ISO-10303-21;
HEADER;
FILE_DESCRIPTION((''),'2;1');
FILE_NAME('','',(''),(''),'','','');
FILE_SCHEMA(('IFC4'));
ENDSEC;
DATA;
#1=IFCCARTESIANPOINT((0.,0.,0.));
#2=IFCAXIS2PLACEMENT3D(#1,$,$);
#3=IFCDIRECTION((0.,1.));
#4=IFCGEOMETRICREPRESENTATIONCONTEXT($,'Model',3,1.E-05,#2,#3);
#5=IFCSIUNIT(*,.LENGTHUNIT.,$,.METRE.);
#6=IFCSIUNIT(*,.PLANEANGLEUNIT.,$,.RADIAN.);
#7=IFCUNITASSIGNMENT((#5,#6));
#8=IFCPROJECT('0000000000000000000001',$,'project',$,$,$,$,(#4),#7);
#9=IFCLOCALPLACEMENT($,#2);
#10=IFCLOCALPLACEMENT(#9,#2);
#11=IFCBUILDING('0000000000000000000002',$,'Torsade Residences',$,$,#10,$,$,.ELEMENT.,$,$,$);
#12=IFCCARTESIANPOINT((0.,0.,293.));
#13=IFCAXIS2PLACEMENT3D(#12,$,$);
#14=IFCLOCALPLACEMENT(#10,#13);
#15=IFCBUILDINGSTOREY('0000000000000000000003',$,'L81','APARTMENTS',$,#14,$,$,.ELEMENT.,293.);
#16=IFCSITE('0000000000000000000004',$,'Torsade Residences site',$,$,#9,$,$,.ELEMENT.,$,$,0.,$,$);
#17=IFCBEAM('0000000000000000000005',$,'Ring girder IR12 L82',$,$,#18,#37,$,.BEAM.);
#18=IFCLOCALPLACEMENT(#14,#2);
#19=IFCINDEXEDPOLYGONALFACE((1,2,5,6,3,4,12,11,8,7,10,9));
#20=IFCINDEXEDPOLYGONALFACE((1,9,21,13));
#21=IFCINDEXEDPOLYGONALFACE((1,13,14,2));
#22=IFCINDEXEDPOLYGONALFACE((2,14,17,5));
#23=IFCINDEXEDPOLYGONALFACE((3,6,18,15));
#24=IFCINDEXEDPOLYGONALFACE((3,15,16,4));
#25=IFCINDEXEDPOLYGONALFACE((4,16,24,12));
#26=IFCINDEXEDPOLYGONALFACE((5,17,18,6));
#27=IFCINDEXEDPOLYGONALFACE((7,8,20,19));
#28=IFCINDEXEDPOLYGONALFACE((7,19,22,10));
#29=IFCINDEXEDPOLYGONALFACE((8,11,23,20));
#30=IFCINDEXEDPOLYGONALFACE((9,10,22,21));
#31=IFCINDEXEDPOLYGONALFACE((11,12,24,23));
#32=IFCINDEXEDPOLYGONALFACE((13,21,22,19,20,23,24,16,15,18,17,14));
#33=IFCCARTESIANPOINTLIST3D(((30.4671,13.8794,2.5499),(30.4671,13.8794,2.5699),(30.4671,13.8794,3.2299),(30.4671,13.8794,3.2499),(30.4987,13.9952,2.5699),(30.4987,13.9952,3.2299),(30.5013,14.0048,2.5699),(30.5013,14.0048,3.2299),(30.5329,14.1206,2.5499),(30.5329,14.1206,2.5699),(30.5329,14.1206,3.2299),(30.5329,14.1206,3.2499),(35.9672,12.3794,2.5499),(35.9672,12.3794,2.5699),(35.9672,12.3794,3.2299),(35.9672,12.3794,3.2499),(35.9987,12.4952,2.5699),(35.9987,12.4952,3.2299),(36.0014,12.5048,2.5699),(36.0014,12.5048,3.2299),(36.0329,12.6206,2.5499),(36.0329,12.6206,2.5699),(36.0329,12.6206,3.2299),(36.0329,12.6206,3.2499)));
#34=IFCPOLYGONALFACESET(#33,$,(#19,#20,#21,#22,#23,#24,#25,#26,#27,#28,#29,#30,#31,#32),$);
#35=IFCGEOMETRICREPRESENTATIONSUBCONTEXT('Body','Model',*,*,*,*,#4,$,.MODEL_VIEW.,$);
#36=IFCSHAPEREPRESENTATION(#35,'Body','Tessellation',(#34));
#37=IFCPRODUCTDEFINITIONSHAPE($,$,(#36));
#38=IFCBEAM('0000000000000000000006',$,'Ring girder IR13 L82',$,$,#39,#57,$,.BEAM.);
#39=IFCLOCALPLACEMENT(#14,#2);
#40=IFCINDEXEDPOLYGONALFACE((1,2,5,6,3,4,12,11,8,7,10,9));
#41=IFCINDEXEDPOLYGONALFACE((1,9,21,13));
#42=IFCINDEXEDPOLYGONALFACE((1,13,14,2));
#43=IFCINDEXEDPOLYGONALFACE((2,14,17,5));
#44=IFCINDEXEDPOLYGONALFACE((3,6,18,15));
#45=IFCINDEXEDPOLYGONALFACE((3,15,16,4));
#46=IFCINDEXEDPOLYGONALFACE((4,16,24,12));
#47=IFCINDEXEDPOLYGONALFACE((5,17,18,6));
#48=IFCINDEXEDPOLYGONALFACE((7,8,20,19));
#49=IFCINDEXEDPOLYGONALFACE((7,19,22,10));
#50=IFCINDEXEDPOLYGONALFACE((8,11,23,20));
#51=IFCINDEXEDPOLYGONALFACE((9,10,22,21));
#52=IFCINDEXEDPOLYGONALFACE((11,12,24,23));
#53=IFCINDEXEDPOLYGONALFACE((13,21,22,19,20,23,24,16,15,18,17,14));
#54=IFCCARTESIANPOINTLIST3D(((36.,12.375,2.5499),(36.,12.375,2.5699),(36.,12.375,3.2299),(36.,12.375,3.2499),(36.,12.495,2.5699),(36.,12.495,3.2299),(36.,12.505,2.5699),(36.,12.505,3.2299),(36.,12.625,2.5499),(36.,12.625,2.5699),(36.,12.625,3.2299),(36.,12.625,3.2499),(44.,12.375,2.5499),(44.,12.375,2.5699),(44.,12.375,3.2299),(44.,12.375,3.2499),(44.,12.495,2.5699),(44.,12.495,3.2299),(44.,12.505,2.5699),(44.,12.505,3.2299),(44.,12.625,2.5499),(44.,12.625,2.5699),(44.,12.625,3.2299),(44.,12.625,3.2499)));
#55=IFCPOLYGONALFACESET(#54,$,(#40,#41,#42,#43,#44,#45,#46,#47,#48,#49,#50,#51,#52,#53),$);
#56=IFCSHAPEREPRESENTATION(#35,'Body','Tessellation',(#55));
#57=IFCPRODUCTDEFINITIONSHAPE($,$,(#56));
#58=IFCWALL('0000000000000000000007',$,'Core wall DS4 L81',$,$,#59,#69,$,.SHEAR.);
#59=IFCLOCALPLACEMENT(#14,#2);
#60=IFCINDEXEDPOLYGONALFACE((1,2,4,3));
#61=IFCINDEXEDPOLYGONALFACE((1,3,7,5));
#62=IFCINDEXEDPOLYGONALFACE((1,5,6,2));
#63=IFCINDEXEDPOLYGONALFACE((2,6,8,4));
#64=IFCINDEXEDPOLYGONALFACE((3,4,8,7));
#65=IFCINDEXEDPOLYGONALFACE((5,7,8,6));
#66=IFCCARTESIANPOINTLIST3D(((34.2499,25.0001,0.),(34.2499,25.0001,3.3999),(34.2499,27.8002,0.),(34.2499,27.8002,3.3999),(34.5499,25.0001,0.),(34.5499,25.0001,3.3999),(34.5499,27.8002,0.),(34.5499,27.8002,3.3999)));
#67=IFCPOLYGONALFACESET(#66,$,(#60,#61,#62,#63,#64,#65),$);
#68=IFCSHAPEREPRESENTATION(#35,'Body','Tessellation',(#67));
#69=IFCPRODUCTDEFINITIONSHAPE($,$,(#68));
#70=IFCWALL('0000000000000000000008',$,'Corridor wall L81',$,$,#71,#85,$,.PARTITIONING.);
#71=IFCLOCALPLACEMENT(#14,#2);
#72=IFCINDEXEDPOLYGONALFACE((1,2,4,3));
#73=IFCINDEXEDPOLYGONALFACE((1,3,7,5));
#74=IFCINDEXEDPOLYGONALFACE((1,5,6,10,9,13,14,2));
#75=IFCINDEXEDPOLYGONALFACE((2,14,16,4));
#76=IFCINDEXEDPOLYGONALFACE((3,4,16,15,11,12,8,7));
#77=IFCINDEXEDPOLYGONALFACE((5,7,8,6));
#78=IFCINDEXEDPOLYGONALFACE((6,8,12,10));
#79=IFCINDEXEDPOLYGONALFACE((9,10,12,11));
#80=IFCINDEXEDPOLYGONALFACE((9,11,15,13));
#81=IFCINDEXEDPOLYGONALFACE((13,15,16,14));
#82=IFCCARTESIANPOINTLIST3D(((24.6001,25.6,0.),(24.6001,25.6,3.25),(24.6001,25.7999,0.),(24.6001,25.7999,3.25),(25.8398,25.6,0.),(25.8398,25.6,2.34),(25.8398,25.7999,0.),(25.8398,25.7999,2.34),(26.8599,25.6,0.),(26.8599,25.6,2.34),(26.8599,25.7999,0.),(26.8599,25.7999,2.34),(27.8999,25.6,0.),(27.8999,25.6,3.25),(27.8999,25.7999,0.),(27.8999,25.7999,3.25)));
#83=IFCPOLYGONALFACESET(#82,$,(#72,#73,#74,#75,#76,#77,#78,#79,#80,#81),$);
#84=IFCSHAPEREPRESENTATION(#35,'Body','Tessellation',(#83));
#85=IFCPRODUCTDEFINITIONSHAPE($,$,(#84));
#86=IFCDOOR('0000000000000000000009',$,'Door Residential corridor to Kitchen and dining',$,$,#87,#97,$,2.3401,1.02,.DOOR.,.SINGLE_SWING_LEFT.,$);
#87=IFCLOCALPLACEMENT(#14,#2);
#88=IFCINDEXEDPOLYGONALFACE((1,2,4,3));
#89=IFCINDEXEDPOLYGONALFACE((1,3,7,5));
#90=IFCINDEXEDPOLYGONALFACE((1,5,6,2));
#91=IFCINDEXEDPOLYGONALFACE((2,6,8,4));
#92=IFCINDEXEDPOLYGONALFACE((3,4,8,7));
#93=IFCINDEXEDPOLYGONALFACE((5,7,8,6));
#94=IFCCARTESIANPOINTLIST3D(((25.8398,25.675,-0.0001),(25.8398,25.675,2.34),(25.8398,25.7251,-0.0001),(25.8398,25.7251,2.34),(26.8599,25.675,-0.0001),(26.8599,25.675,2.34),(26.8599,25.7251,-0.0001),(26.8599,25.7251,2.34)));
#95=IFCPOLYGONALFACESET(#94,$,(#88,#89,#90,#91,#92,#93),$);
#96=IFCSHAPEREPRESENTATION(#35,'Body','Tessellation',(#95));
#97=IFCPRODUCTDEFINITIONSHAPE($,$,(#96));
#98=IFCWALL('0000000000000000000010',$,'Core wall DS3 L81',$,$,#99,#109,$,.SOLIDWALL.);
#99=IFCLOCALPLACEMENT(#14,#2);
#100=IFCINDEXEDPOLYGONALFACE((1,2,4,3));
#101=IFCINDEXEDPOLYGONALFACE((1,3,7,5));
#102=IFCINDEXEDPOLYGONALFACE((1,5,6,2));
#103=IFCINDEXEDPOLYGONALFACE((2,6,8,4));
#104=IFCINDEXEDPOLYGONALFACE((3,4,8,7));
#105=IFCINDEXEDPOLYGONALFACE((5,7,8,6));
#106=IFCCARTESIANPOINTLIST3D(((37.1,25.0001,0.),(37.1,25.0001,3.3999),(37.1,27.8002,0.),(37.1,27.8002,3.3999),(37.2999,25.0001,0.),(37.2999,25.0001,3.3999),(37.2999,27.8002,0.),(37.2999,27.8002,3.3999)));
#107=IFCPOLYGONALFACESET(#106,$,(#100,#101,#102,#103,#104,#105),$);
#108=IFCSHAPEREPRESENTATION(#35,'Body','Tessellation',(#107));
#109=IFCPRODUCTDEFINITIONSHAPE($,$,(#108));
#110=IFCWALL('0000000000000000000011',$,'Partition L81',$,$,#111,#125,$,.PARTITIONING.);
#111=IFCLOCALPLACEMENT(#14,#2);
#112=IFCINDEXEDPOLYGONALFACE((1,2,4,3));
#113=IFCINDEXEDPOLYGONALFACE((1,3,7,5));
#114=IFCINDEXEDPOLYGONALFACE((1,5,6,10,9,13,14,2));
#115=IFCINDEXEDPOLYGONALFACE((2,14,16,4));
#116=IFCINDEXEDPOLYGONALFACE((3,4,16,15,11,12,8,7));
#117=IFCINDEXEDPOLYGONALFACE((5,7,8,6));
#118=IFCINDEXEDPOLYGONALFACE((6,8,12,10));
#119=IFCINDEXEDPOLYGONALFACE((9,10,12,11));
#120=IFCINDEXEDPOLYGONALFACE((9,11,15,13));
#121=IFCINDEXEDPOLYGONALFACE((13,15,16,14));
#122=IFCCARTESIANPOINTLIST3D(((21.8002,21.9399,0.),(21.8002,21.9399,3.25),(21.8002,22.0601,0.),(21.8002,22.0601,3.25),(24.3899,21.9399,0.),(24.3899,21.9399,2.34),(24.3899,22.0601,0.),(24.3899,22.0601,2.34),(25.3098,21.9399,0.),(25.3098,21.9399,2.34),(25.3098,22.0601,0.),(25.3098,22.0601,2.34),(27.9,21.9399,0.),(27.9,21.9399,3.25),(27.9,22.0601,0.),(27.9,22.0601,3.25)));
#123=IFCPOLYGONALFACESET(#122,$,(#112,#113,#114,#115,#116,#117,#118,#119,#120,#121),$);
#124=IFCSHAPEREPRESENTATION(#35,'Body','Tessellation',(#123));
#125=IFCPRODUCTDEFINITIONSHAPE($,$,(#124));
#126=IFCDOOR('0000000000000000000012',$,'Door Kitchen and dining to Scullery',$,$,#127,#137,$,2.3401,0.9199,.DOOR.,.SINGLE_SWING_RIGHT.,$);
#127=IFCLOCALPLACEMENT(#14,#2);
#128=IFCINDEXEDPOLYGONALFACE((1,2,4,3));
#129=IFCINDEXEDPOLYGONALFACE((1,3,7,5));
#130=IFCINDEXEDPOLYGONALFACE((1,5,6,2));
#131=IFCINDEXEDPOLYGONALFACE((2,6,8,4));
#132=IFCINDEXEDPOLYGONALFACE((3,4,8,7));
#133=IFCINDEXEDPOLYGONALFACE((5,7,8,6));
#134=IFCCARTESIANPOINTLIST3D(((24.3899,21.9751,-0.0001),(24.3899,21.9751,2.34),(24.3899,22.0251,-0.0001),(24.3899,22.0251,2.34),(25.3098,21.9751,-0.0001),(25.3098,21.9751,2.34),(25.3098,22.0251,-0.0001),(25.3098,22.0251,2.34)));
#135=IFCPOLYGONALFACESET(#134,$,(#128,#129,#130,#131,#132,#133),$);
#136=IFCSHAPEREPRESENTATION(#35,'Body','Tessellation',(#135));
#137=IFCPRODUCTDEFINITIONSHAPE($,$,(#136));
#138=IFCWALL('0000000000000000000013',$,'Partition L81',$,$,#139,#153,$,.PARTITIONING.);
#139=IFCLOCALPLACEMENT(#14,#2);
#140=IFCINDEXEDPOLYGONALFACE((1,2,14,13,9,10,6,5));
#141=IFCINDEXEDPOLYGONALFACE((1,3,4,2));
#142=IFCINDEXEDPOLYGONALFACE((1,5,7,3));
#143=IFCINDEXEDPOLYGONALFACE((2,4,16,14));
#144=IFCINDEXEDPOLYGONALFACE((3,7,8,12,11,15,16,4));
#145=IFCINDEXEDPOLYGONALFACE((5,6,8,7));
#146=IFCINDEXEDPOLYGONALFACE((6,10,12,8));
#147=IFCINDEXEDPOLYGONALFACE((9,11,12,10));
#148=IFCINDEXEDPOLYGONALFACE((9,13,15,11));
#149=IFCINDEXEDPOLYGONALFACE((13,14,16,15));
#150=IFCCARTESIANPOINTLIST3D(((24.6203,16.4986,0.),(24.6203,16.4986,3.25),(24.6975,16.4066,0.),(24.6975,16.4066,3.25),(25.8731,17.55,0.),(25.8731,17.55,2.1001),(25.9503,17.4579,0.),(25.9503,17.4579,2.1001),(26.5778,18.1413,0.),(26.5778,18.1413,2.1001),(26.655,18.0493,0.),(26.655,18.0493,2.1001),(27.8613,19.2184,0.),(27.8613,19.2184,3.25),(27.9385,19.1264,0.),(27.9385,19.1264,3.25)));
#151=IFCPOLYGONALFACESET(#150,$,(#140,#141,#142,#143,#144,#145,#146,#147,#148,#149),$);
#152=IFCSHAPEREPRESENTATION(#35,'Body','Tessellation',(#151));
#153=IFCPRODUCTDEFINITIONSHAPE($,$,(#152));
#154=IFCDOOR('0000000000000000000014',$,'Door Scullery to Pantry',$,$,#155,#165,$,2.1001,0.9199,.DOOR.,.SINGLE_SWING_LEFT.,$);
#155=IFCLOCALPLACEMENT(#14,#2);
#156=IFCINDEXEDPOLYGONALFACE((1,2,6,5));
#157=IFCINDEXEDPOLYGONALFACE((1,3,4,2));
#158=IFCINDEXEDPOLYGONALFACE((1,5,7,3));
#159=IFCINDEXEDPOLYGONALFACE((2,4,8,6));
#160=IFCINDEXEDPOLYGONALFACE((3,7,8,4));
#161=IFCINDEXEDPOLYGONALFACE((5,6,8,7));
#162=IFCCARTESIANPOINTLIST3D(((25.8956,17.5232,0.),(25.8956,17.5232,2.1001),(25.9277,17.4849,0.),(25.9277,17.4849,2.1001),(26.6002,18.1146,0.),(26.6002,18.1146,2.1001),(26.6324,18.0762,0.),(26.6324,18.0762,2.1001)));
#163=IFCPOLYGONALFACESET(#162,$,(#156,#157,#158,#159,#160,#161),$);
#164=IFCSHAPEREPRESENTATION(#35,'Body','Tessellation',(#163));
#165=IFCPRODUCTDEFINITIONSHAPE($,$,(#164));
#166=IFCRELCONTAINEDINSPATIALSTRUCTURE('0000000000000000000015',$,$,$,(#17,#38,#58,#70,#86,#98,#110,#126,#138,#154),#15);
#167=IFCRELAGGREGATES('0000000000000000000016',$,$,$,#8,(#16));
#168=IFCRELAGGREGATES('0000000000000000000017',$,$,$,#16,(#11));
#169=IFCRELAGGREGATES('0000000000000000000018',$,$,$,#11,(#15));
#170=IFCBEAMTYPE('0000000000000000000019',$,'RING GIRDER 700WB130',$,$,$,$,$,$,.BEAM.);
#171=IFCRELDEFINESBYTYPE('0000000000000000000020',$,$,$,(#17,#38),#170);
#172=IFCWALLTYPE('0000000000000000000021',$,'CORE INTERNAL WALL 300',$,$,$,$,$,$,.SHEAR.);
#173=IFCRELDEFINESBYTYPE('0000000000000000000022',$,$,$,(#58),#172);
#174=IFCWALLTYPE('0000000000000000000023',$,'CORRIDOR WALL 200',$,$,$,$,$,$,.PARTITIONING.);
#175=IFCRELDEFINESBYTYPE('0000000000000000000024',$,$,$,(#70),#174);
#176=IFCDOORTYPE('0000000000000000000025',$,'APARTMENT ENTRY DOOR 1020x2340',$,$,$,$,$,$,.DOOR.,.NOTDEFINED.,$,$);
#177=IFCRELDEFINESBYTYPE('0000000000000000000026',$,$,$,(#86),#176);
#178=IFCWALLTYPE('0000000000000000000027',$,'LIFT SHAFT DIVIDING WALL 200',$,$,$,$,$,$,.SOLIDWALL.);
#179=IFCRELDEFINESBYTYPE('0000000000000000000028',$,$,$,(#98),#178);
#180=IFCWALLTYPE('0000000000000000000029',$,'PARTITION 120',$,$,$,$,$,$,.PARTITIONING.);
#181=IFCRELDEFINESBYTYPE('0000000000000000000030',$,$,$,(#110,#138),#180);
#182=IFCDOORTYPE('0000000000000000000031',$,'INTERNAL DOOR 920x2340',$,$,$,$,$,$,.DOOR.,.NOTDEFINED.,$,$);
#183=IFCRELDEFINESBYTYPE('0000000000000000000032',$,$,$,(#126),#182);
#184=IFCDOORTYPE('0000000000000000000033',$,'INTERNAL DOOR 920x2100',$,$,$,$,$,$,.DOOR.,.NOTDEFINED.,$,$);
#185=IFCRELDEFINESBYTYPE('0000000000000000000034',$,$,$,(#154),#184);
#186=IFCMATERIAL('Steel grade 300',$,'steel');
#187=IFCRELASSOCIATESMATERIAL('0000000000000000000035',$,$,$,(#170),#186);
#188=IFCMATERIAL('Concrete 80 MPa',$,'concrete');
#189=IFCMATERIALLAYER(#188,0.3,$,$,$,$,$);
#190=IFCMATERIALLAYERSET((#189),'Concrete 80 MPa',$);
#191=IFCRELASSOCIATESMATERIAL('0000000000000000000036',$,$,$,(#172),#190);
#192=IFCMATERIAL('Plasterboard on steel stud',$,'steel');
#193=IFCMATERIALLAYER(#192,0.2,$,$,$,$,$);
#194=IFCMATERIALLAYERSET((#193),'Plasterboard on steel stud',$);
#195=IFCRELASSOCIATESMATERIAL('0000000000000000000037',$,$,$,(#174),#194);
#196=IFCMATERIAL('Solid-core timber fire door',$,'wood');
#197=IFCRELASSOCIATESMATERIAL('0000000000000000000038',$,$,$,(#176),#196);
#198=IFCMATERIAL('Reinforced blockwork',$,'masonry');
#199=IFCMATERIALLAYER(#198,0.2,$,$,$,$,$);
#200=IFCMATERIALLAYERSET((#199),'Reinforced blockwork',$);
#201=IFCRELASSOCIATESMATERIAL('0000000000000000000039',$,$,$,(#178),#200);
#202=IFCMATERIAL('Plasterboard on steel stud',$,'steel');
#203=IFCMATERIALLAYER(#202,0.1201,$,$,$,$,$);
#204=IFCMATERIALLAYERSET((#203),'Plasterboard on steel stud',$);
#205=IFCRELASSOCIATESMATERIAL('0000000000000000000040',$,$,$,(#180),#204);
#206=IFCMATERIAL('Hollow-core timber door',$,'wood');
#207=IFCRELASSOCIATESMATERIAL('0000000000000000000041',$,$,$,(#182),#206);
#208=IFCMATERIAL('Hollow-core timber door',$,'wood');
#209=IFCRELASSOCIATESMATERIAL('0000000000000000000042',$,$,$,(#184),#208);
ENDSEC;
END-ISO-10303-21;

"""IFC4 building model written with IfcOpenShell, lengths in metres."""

from ifc_helpers import new_model, si_unit, direction, frame, frame_2d, origin, origin_2d, place, context, subcontext, project, spatial, rectangle, i_section, extrude, material, layer, layer_set, material_profile, profile_set, type_object, element, fill, save


model = new_model("IFC4")

# Units and contexts
model_context = context("Model", 3, precision=1e-05, world=origin(), true_north=direction((0.0, 1.0)))
body_context = subcontext(model_context, "Body", "Model", "MODEL_VIEW")
ifc_project = project(units=[si_unit("LENGTHUNIT", "METRE"), si_unit("PLANEANGLEUNIT", "RADIAN")], contexts=[model_context])

# Site, building, storey
site_placement = place(None, origin())
site = spatial("IfcSite", under=ifc_project, at=site_placement, Name="Torsade Residences site", CompositionType="ELEMENT", RefElevation=0.0)
building_placement = place(site_placement, origin())
building = spatial("IfcBuilding", under=site, at=building_placement, Name="Torsade Residences", CompositionType="ELEMENT")
storey_placement = place(building_placement, frame((0.0, 0.0, 293.0)))
storey = spatial("IfcBuildingStorey", under=building, at=storey_placement, Name="L81", Description="APARTMENTS", CompositionType="ELEMENT", Elevation=293.0)

# Beams
ifc_material_1 = material(Name="Steel grade 300", Category="steel")
ifc_material_profile_1 = material_profile(ifc_material_1, i_section(OverallWidth=0.25, OverallDepth=0.7, WebThickness=0.01, FlangeThickness=0.02, at=origin_2d()), Name="700WB130")
ifc_profile_set_1 = profile_set([ifc_material_profile_1], Name="Steel grade 300")
beam_type_1 = type_object("IfcBeamType", Name="RING GIRDER 700WB130", PredefinedType="BEAM", material=ifc_profile_set_1)
beam_1_placement = place(storey_placement, frame((30.5, 14.0, 2.8999), z_axis=(0.964764, -0.263117, 0.0), x_axis=(0.263117, 0.964764, 0.0)))
element("IfcBeam", 1, at=beam_1_placement, inside=storey, type_object=beam_type_1, Name="Ring girder IR12 L82", PredefinedType="BEAM", context=body_context, shape_type="SweptSolid", body=[
    extrude(i_section(OverallWidth=0.25, OverallDepth=0.7, WebThickness=0.01, FlangeThickness=0.02, at=origin_2d()), origin(), (0.0, 0.0, 1.0), 5.7009),
])
beam_2_placement = place(storey_placement, frame((36.0, 12.5, 2.8999), z_axis=(1.0, 0.0, 0.0), x_axis=(0.0, 1.0, 0.0)))
element("IfcBeam", 2, at=beam_2_placement, inside=storey, type_object=beam_type_1, Name="Ring girder IR13 L82", PredefinedType="BEAM", context=body_context, shape_type="SweptSolid", body=[
    extrude(i_section(OverallWidth=0.25, OverallDepth=0.7, WebThickness=0.01, FlangeThickness=0.02, at=origin_2d()), origin(), (0.0, 0.0, 1.0), 8.0),
])

# Wall
ifc_material_2 = material(Name="Concrete 80 MPa", Category="concrete")
ifc_layer_1 = layer(ifc_material_2, 0.3)
ifc_layer_set_1 = layer_set([ifc_layer_1], Name="Concrete 80 MPa")
wall_type_1 = type_object("IfcWallType", Name="CORE INTERNAL WALL 300", PredefinedType="SHEAR", material=ifc_layer_set_1)
wall_1_placement = place(storey_placement, frame((34.3999, 27.8, 0.0), z_axis=(0.0, 0.0, 1.0), x_axis=(0.0, -1.0, 0.0)))
element("IfcWall", 3, at=wall_1_placement, inside=storey, type_object=wall_type_1, Name="Core wall DS4 L81", PredefinedType="SHEAR", context=body_context, shape_type="SweptSolid", body=[
    extrude(rectangle(XDim=2.8, YDim=0.3, at=frame_2d((1.3999, 0.0))), origin(), (0.0, 0.0, 1.0), 3.3999),
])

# Wall, opening, door
ifc_material_3 = material(Name="Plasterboard on steel stud", Category="steel")
ifc_layer_2 = layer(ifc_material_3, 0.2)
ifc_layer_set_2 = layer_set([ifc_layer_2], Name="Plasterboard on steel stud")
wall_type_2 = type_object("IfcWallType", Name="CORRIDOR WALL 200", PredefinedType="PARTITIONING", material=ifc_layer_set_2)
wall_2_placement = place(storey_placement, frame((27.8999, 25.7, 0.0), z_axis=(0.0, 0.0, 1.0), x_axis=(-1.0, 0.0, 0.0)))
wall_2 = element("IfcWall", 4, at=wall_2_placement, inside=storey, type_object=wall_type_2, Name="Corridor wall L81", PredefinedType="PARTITIONING", context=body_context, shape_type="SweptSolid", body=[
    extrude(rectangle(XDim=3.2998, YDim=0.2, at=frame_2d((1.6499, 0.0))), origin(), (0.0, 0.0, 1.0), 3.25),
])
opening_1_placement = place(wall_2_placement, frame((1.04, 0.0, 0.0)))
opening_1 = element("IfcOpeningElement", 5, at=opening_1_placement, cuts=wall_2, PredefinedType="OPENING", context=body_context, shape_type="SweptSolid", body=[
    extrude(rectangle(XDim=1.02, YDim=2.3401, at=frame_2d((0.51, 1.1699))), frame((0.0, 0.1099, 0.0), z_axis=(0.0, -1.0, 0.0), x_axis=(1.0, 0.0, 0.0)), (0.0, 0.0, 1.0), 0.22),
])
ifc_material_4 = material(Name="Solid-core timber fire door", Category="wood")
door_type_1 = type_object("IfcDoorType", Name="APARTMENT ENTRY DOOR 1020x2340", OperationType="NOTDEFINED", PredefinedType="DOOR", material=ifc_material_4)
door_1_placement = place(opening_1_placement, origin())
door_1 = element("IfcDoor", 6, at=door_1_placement, inside=storey, type_object=door_type_1, Name="Door Residential corridor to Kitchen and dining", OperationType="SINGLE_SWING_LEFT", OverallHeight=2.3401, OverallWidth=1.02, PredefinedType="DOOR", context=body_context, shape_type="SweptSolid", body=[
    extrude(rectangle(XDim=1.02, YDim=2.3401, at=frame_2d((0.51, 1.1699))), frame((0.0, 0.0249, 0.0), z_axis=(0.0, -1.0, 0.0), x_axis=(1.0, 0.0, 0.0)), (0.0, 0.0, 1.0), 0.05),
])
fill(opening_1, door_1)

# Wall
ifc_material_5 = material(Name="Reinforced blockwork", Category="masonry")
ifc_layer_3 = layer(ifc_material_5, 0.2)
ifc_layer_set_3 = layer_set([ifc_layer_3], Name="Reinforced blockwork")
wall_type_3 = type_object("IfcWallType", Name="LIFT SHAFT DIVIDING WALL 200", PredefinedType="SOLIDWALL", material=ifc_layer_set_3)
wall_3_placement = place(storey_placement, frame((37.2, 27.8, 0.0), z_axis=(0.0, 0.0, 1.0), x_axis=(0.0, -1.0, 0.0)))
element("IfcWall", 7, at=wall_3_placement, inside=storey, type_object=wall_type_3, Name="Core wall DS3 L81", PredefinedType="SOLIDWALL", context=body_context, shape_type="SweptSolid", body=[
    extrude(rectangle(XDim=2.8, YDim=0.2, at=frame_2d((1.3999, 0.0))), origin(), (0.0, 0.0, 1.0), 3.3999),
])

# Walls, openings, doors
ifc_material_6 = material(Name="Plasterboard on steel stud", Category="steel")
ifc_layer_4 = layer(ifc_material_6, 0.1201)
ifc_layer_set_4 = layer_set([ifc_layer_4], Name="Plasterboard on steel stud")
wall_type_4 = type_object("IfcWallType", Name="PARTITION 120", PredefinedType="PARTITIONING", material=ifc_layer_set_4)
wall_4_placement = place(storey_placement, frame((27.8999, 22.0, 0.0), z_axis=(0.0, 0.0, 1.0), x_axis=(-1.0, 0.0, 0.0)))
wall_4 = element("IfcWall", 8, at=wall_4_placement, inside=storey, type_object=wall_type_4, Name="Partition L81", PredefinedType="PARTITIONING", context=body_context, shape_type="SweptSolid", body=[
    extrude(rectangle(XDim=6.0999, YDim=0.1201, at=frame_2d((3.0498, 0.0))), origin(), (0.0, 0.0, 1.0), 3.25),
])
opening_2_placement = place(wall_4_placement, frame((2.5901, 0.0, 0.0)))
opening_2 = element("IfcOpeningElement", 9, at=opening_2_placement, cuts=wall_4, PredefinedType="OPENING", context=body_context, shape_type="SweptSolid", body=[
    extrude(rectangle(XDim=0.9199, YDim=2.3401, at=frame_2d((0.46, 1.1699))), frame((0.0, 0.0701, 0.0), z_axis=(0.0, -1.0, 0.0), x_axis=(1.0, 0.0, 0.0)), (0.0, 0.0, 1.0), 0.1401),
])
ifc_material_7 = material(Name="Hollow-core timber door", Category="wood")
door_type_2 = type_object("IfcDoorType", Name="INTERNAL DOOR 920x2340", OperationType="NOTDEFINED", PredefinedType="DOOR", material=ifc_material_7)
door_2_placement = place(opening_2_placement, origin())
door_2 = element("IfcDoor", 10, at=door_2_placement, inside=storey, type_object=door_type_2, Name="Door Kitchen and dining to Scullery", OperationType="SINGLE_SWING_RIGHT", OverallHeight=2.3401, OverallWidth=0.9199, PredefinedType="DOOR", context=body_context, shape_type="SweptSolid", body=[
    extrude(rectangle(XDim=0.9199, YDim=2.3401, at=frame_2d((0.46, 1.1699))), frame((0.0, 0.0249, 0.0), z_axis=(0.0, -1.0, 0.0), x_axis=(1.0, 0.0, 0.0)), (0.0, 0.0, 1.0), 0.05),
])
fill(opening_2, door_2)
wall_5_placement = place(storey_placement, frame((27.8999, 19.1724, 0.0), z_axis=(0.0, 0.0, 1.0), x_axis=(-0.766017, -0.64282, 0.0)))
wall_5 = element("IfcWall", 11, at=wall_5_placement, inside=storey, type_object=wall_type_4, Name="Partition L81", PredefinedType="PARTITIONING", context=body_context, shape_type="SweptSolid", body=[
    extrude(rectangle(XDim=4.231, YDim=0.1201, at=frame_2d((2.1155, 0.0))), origin(), (0.0, 0.0, 1.0), 3.25),
])
opening_3_placement = place(wall_5_placement, frame((1.6755, 0.0, 0.0)))
opening_3 = element("IfcOpeningElement", 12, at=opening_3_placement, cuts=wall_5, PredefinedType="OPENING", context=body_context, shape_type="SweptSolid", body=[
    extrude(rectangle(XDim=0.9199, YDim=2.1001, at=frame_2d((0.46, 1.05))), frame((0.0, 0.0701, 0.0), z_axis=(0.0, -1.0, 0.0), x_axis=(1.0, 0.0, 0.0)), (0.0, 0.0, 1.0), 0.1401),
])
ifc_material_8 = material(Name="Hollow-core timber door", Category="wood")
door_type_3 = type_object("IfcDoorType", Name="INTERNAL DOOR 920x2100", OperationType="NOTDEFINED", PredefinedType="DOOR", material=ifc_material_8)
door_3_placement = place(opening_3_placement, origin())
door_3 = element("IfcDoor", 13, at=door_3_placement, inside=storey, type_object=door_type_3, Name="Door Scullery to Pantry", OperationType="SINGLE_SWING_LEFT", OverallHeight=2.1001, OverallWidth=0.9199, PredefinedType="DOOR", context=body_context, shape_type="SweptSolid", body=[
    extrude(rectangle(XDim=0.9199, YDim=2.1001, at=frame_2d((0.46, 1.05))), frame((0.0, 0.0249, 0.0), z_axis=(0.0, -1.0, 0.0), x_axis=(1.0, 0.0, 0.0)), (0.0, 0.0, 1.0), 0.05),
])
fill(opening_3, door_3)

save(model, "model.ifc")
